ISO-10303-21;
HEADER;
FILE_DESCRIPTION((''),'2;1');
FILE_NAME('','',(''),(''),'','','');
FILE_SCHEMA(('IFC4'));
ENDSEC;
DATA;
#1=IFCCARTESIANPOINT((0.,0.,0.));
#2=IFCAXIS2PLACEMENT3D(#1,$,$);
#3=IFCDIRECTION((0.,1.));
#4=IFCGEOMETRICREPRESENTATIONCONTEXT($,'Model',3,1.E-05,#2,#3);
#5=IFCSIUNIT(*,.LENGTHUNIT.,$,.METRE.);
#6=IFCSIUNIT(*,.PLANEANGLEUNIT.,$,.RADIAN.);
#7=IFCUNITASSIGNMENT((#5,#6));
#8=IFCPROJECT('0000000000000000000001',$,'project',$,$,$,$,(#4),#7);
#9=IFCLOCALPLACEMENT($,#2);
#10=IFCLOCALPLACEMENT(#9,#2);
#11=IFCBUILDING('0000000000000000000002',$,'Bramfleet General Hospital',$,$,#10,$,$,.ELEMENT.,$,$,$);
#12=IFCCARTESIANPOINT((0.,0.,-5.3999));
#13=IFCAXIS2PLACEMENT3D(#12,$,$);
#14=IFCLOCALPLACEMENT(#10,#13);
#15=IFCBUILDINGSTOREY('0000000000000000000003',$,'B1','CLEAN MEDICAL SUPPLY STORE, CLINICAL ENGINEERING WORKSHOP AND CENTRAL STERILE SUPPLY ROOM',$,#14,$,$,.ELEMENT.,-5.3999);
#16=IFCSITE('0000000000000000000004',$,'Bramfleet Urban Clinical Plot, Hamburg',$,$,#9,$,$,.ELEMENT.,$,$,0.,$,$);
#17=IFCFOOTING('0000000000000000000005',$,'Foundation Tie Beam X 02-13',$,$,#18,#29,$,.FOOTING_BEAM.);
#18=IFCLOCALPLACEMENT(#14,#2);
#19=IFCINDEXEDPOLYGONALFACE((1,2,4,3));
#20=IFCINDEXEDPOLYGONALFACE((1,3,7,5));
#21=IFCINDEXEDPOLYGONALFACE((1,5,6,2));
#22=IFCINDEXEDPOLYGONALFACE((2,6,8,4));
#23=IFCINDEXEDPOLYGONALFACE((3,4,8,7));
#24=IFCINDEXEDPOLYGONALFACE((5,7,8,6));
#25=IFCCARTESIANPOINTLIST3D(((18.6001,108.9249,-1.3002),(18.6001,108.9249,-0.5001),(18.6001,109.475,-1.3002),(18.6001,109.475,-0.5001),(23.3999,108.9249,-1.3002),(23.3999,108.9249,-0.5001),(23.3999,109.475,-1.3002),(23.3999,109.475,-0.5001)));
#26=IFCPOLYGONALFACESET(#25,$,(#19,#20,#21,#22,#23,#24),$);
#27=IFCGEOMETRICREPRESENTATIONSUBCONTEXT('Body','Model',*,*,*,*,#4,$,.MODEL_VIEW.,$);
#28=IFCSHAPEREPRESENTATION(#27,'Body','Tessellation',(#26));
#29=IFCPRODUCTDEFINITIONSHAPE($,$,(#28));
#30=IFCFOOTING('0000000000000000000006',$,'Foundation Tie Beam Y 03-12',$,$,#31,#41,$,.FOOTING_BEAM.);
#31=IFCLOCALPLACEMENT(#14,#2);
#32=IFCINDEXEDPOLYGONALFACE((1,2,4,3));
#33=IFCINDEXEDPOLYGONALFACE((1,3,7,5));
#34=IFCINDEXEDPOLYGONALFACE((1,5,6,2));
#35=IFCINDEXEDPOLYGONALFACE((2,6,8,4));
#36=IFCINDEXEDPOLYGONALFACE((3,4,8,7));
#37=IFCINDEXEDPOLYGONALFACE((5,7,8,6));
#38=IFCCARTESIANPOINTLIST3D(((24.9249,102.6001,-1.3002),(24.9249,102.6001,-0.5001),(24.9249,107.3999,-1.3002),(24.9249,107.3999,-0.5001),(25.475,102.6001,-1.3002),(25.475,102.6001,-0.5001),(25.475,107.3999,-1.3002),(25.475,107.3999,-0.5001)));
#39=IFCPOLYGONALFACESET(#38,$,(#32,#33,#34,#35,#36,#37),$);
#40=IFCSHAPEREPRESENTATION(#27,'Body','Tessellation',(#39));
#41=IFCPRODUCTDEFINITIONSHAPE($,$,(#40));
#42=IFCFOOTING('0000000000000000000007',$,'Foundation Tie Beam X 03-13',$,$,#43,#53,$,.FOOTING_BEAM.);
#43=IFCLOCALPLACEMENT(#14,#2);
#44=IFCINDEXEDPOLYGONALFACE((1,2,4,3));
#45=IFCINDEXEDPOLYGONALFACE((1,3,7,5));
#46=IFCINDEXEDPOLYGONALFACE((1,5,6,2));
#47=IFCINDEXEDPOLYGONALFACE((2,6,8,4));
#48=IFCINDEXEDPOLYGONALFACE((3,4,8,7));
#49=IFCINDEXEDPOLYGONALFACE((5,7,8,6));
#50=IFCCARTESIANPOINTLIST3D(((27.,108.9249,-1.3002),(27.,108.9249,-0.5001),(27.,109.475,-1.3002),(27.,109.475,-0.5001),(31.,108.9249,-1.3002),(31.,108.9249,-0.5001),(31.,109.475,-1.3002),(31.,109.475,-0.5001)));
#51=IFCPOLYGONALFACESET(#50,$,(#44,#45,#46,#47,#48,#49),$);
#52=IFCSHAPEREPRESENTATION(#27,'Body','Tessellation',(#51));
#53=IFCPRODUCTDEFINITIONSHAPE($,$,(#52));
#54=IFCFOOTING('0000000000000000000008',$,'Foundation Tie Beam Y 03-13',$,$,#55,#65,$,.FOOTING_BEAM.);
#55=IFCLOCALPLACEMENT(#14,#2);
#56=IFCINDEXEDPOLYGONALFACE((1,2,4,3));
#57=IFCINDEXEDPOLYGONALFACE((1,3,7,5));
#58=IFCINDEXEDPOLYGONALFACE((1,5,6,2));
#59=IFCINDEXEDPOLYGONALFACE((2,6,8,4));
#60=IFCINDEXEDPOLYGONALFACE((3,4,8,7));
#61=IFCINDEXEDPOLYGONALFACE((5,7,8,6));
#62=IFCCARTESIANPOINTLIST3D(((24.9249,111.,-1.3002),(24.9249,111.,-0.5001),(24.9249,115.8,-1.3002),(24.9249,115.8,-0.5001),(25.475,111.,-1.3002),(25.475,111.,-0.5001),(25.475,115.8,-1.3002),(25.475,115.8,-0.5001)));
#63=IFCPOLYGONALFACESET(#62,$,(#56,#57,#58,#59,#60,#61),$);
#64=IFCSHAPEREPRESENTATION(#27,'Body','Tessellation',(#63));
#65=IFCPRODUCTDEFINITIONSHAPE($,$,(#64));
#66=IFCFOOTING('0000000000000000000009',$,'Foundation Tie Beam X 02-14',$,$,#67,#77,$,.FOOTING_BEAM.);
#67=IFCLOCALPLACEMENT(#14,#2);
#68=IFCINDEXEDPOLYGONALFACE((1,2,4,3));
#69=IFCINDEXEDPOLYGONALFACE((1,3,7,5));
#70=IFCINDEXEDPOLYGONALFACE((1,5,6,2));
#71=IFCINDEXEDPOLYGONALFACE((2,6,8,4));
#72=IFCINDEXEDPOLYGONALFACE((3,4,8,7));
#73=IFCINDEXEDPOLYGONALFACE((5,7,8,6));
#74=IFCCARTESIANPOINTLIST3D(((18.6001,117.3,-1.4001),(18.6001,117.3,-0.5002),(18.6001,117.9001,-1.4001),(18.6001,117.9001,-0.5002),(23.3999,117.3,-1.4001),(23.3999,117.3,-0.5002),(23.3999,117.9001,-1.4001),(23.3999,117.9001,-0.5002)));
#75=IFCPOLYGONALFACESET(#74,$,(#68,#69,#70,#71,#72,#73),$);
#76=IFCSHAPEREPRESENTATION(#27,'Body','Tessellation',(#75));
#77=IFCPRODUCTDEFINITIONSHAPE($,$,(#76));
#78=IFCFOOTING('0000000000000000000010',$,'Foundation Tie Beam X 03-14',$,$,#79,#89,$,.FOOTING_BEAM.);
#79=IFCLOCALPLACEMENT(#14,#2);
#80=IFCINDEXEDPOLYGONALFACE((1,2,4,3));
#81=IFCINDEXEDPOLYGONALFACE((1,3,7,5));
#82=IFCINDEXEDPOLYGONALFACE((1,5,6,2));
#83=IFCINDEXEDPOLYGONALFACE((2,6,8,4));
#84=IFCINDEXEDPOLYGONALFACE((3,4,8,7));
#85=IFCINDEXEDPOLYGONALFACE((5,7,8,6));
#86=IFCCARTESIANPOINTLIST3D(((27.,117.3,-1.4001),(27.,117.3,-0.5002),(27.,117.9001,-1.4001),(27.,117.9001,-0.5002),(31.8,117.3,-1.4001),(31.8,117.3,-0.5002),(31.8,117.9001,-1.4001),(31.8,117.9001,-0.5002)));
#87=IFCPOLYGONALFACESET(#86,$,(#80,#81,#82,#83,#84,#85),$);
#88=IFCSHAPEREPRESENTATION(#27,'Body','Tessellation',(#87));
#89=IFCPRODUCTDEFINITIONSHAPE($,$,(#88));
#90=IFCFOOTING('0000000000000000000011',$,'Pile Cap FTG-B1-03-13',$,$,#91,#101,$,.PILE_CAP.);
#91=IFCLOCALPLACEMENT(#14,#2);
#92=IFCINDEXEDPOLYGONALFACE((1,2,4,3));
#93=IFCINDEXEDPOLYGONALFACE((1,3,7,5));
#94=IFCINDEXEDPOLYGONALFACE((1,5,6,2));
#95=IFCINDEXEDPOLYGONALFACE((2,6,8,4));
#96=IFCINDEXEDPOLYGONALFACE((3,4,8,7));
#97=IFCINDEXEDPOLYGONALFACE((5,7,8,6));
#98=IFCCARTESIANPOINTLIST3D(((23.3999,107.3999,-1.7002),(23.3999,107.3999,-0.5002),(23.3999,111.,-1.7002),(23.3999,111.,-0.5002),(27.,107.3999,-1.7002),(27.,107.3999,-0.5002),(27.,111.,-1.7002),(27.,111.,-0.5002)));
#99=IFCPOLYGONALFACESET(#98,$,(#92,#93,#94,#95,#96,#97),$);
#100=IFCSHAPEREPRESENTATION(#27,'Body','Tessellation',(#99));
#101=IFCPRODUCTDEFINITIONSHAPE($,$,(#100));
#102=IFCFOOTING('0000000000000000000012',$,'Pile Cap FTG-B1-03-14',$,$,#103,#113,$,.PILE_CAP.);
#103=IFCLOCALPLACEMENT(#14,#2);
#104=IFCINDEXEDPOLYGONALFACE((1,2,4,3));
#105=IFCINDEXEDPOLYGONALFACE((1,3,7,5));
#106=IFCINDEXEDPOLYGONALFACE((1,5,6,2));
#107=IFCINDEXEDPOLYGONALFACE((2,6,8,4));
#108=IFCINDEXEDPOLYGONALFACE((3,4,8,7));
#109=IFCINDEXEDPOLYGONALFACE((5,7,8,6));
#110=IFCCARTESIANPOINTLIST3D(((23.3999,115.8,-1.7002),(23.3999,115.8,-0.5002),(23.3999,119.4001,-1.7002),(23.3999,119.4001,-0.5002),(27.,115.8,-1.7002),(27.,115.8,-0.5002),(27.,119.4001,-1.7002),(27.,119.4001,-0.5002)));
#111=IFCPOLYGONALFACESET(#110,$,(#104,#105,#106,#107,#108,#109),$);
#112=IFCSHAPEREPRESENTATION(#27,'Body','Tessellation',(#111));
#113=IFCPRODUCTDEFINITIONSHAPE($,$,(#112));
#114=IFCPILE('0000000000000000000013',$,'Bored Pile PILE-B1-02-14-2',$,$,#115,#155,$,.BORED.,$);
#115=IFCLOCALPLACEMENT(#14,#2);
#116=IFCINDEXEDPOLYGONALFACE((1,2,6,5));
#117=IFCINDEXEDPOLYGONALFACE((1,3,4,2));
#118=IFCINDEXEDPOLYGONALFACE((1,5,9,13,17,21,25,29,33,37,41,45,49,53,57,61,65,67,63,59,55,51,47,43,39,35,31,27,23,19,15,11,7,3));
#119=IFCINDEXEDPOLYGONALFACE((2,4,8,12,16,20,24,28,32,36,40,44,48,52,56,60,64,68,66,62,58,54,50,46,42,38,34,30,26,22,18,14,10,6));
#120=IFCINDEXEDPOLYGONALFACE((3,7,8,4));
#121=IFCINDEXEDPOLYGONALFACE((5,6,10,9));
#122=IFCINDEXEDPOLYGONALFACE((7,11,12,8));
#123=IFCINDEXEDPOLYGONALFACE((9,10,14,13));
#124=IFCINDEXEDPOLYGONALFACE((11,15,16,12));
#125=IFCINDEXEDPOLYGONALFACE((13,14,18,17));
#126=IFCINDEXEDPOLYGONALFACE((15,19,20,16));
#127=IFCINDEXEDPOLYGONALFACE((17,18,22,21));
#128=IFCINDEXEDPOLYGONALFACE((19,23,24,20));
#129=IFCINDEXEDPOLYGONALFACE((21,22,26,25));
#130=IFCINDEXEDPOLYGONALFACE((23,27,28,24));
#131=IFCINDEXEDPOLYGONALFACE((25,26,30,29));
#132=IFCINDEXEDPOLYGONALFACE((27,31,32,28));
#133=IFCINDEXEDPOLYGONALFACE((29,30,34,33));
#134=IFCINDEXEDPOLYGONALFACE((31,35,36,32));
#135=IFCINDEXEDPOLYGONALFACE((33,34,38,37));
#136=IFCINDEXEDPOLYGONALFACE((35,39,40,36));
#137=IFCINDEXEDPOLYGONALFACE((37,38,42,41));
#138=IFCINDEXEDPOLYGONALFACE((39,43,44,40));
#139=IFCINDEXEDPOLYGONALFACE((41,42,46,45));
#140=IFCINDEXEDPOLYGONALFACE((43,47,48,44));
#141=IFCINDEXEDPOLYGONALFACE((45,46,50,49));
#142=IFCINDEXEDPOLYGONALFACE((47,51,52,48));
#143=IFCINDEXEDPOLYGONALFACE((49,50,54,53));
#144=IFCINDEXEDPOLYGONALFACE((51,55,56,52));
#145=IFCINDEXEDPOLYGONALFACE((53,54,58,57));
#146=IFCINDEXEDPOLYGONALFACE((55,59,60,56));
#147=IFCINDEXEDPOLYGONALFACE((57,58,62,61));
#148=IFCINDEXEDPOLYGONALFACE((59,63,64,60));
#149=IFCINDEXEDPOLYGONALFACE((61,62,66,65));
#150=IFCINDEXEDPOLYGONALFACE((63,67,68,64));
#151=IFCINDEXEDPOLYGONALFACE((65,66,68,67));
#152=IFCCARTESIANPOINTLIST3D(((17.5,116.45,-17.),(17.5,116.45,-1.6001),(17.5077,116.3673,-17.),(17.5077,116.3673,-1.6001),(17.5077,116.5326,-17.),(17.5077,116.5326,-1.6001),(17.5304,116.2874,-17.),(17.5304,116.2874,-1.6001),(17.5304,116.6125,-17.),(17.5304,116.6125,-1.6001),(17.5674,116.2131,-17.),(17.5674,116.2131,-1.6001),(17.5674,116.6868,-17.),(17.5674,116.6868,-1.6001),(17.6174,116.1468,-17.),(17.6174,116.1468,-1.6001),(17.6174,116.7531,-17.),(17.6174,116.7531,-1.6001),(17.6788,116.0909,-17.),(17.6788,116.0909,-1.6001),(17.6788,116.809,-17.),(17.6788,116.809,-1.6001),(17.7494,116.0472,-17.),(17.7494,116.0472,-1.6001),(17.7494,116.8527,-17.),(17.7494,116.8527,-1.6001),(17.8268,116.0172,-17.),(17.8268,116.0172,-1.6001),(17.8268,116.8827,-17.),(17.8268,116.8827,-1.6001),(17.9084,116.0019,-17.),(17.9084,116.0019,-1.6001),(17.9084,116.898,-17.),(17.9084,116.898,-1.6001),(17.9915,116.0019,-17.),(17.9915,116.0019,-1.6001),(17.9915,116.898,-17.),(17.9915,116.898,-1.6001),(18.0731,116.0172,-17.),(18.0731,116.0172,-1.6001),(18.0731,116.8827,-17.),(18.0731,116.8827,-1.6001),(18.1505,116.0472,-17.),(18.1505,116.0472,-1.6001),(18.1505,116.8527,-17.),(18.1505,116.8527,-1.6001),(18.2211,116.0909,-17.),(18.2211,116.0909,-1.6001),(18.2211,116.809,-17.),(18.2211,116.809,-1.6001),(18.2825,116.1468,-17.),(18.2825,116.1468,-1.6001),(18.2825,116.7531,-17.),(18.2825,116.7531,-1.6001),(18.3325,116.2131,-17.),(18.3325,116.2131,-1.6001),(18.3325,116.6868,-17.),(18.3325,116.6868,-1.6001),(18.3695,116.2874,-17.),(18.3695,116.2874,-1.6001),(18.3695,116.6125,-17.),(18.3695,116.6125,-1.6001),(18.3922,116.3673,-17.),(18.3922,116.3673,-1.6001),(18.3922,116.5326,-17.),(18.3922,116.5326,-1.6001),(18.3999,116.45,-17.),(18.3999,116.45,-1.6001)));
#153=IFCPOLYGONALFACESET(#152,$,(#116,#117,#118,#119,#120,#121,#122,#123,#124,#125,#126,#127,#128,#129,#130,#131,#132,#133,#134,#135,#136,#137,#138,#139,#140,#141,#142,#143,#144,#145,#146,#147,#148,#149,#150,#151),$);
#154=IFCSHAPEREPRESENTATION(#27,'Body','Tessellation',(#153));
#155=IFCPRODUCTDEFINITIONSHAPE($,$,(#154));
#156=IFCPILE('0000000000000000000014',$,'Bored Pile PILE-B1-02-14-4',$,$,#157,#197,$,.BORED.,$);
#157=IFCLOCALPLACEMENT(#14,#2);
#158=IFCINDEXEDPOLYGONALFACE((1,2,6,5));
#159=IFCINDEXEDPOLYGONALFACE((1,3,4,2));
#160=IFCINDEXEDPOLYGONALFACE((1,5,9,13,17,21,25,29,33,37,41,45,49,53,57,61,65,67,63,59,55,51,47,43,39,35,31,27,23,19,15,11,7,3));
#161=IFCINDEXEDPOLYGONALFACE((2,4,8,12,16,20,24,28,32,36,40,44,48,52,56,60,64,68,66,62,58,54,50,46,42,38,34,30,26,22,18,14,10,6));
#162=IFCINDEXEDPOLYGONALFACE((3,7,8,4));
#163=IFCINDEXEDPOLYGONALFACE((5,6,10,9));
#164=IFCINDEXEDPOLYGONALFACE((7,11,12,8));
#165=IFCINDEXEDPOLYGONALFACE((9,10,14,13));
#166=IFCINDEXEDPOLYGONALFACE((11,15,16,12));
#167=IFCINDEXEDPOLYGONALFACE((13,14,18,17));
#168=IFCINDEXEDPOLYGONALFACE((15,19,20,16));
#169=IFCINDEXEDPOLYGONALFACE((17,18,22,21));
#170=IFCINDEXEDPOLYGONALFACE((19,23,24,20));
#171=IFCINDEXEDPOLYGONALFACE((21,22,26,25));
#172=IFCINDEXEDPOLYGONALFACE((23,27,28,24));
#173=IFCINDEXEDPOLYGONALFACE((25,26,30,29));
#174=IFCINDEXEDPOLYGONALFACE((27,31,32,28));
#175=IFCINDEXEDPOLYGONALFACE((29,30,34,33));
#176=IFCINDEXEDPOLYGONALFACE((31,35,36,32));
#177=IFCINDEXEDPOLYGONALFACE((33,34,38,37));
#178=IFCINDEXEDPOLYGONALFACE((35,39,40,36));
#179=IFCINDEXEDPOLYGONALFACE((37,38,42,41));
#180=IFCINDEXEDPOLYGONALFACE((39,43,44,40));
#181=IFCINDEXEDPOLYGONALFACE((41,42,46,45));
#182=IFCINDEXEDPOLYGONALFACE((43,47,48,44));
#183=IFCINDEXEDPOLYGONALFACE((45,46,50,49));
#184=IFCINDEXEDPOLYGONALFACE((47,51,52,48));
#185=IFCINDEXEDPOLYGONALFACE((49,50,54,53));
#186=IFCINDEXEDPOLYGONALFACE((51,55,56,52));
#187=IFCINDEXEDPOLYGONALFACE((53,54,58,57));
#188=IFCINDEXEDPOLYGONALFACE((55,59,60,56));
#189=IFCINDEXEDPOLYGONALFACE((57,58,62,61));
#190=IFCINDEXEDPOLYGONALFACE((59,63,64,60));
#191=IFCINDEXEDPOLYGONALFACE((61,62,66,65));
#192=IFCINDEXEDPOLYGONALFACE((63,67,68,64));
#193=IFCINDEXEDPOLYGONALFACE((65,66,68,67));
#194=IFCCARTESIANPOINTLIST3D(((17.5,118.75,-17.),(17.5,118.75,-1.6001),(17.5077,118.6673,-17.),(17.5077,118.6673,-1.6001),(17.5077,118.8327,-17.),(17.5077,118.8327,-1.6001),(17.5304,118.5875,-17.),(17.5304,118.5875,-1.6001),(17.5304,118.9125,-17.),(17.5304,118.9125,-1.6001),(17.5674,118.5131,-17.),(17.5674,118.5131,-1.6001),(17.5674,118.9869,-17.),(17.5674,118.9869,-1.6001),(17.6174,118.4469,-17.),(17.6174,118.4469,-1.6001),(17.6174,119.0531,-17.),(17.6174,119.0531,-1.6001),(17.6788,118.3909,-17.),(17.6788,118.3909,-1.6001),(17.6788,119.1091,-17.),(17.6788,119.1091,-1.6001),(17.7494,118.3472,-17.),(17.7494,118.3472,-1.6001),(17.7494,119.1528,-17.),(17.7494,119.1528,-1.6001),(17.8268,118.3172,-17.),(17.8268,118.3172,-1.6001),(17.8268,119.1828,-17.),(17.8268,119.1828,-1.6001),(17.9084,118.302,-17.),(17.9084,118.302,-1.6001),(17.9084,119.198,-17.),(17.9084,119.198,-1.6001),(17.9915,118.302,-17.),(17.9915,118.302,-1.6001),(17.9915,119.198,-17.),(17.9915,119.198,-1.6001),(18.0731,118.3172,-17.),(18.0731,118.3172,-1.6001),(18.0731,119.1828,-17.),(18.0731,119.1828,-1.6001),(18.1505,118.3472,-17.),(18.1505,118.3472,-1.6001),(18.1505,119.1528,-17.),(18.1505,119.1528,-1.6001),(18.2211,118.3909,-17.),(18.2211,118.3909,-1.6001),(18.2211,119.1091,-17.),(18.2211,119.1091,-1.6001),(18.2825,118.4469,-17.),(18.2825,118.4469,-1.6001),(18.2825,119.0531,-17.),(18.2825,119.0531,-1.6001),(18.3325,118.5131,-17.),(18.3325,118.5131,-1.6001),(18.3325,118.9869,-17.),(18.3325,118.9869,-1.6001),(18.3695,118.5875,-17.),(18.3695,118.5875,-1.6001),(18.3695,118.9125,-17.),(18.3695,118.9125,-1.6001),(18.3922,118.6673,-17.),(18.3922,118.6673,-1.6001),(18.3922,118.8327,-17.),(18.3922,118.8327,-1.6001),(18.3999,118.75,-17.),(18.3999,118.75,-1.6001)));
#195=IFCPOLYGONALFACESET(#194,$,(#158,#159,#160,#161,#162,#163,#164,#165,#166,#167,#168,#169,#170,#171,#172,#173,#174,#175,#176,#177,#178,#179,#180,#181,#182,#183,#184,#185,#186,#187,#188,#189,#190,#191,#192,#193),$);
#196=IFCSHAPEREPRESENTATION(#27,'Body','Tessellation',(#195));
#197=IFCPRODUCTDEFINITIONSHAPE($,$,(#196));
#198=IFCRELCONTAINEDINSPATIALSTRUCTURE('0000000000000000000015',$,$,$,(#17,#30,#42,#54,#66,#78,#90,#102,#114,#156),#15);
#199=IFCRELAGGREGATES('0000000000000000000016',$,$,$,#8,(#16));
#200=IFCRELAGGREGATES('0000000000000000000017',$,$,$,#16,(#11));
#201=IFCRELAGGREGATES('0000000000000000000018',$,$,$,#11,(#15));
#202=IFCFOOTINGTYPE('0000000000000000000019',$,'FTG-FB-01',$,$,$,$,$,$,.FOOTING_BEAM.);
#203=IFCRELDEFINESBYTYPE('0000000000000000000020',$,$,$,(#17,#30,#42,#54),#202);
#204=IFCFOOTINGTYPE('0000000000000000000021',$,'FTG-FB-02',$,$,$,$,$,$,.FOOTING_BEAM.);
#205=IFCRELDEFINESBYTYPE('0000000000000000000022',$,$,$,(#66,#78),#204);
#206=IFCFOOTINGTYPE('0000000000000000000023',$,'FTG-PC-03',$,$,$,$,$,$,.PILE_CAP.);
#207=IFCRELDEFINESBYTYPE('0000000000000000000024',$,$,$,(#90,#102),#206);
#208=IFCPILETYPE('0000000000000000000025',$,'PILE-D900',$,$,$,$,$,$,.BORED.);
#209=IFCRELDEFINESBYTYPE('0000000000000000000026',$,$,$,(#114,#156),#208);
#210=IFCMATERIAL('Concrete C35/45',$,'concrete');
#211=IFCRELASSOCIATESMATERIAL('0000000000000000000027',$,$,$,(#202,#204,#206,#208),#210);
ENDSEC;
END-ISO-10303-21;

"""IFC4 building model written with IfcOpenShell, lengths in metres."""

from ifc_helpers import new_model, si_unit, direction, frame, origin, origin_2d, place, context, subcontext, project, spatial, rectangle, circle, extrude, material, material_profile, profile_set, type_object, element, save


model = new_model("IFC4")

# Units and contexts
model_context = context("Model", 3, precision=1e-05, world=origin(), true_north=direction((0.0, 1.0)))
body_context = subcontext(model_context, "Body", "Model", "MODEL_VIEW")
ifc_project = project(units=[si_unit("LENGTHUNIT", "METRE"), si_unit("PLANEANGLEUNIT", "RADIAN")], contexts=[model_context])

# Site, building, storey
site_placement = place(None, origin())
site = spatial("IfcSite", under=ifc_project, at=site_placement, Name="Bramfleet Urban Clinical Plot, Hamburg", CompositionType="ELEMENT", RefElevation=0.0)
building_placement = place(site_placement, origin())
building = spatial("IfcBuilding", under=site, at=building_placement, Name="Bramfleet General Hospital", CompositionType="ELEMENT")
storey_placement = place(building_placement, frame((0.0, 0.0, -5.3999)))
storey = spatial("IfcBuildingStorey", under=building, at=storey_placement, Name="B1", Description="CLEAN MEDICAL SUPPLY STORE, CLINICAL ENGINEERING WORKSHOP AND CENTRAL STERILE SUPPLY ROOM", CompositionType="ELEMENT", Elevation=-5.3999)

# Footings
ifc_material_1 = material(Name="Concrete C35/45", Category="concrete")
ifc_material_profile_1 = material_profile(ifc_material_1, rectangle(XDim=0.55, YDim=0.8, at=origin_2d()), Name="RC FB 800x550")
ifc_profile_set_1 = profile_set([ifc_material_profile_1], Name="Concrete C35/45")
footing_type_1 = type_object("IfcFootingType", Name="FTG-FB-01", PredefinedType="FOOTING_BEAM", material=ifc_profile_set_1)
for number, where, z_axis, x_axis, name in (
    (1, (18.6001, 109.2, -0.9001), (1.0, 0.0, 0.0), (0.0, 1.0, 0.0), "Foundation Tie Beam X 02-13"),
    (2, (25.2, 102.6001, -0.9001), (0.0, 1.0, 0.0), (-1.0, 0.0, 0.0), "Foundation Tie Beam Y 03-12"),
):
    element("IfcFooting", number, at=place(storey_placement, frame(where, z_axis=z_axis, x_axis=x_axis)), inside=storey, type_object=footing_type_1, Name=name, PredefinedType="FOOTING_BEAM", context=body_context, shape_type="SweptSolid", body=[
        extrude(rectangle(XDim=0.55, YDim=0.8, at=origin_2d()), origin(), (0.0, 0.0, 1.0), 4.7998),
    ])
footing_1_placement = place(storey_placement, frame((27.0, 109.2, -0.9001), z_axis=(1.0, 0.0, 0.0), x_axis=(0.0, 1.0, 0.0)))
element("IfcFooting", 3, at=footing_1_placement, inside=storey, type_object=footing_type_1, Name="Foundation Tie Beam X 03-13", PredefinedType="FOOTING_BEAM", context=body_context, shape_type="SweptSolid", body=[
    extrude(rectangle(XDim=0.55, YDim=0.8, at=origin_2d()), origin(), (0.0, 0.0, 1.0), 4.0),
])
footing_2_placement = place(storey_placement, frame((25.2, 111.0, -0.9001), z_axis=(0.0, 1.0, 0.0), x_axis=(-1.0, 0.0, 0.0)))
element("IfcFooting", 4, at=footing_2_placement, inside=storey, type_object=footing_type_1, Name="Foundation Tie Beam Y 03-13", PredefinedType="FOOTING_BEAM", context=body_context, shape_type="SweptSolid", body=[
    extrude(rectangle(XDim=0.55, YDim=0.8, at=origin_2d()), origin(), (0.0, 0.0, 1.0), 4.8),
])
ifc_material_profile_2 = material_profile(ifc_material_1, rectangle(XDim=0.6001, YDim=0.8999, at=origin_2d()), Name="RC FB 900x600")
ifc_profile_set_2 = profile_set([ifc_material_profile_2], Name="Concrete C35/45")
footing_type_2 = type_object("IfcFootingType", Name="FTG-FB-02", PredefinedType="FOOTING_BEAM", material=ifc_profile_set_2)
footing_3_placement = place(storey_placement, frame((18.6001, 117.6001, -0.9502), z_axis=(1.0, 0.0, 0.0), x_axis=(0.0, 1.0, 0.0)))
element("IfcFooting", 5, at=footing_3_placement, inside=storey, type_object=footing_type_2, Name="Foundation Tie Beam X 02-14", PredefinedType="FOOTING_BEAM", context=body_context, shape_type="SweptSolid", body=[
    extrude(rectangle(XDim=0.6001, YDim=0.8999, at=origin_2d()), origin(), (0.0, 0.0, 1.0), 4.7998),
])
footing_4_placement = place(storey_placement, frame((27.0, 117.6001, -0.9502), z_axis=(1.0, 0.0, 0.0), x_axis=(0.0, 1.0, 0.0)))
element("IfcFooting", 6, at=footing_4_placement, inside=storey, type_object=footing_type_2, Name="Foundation Tie Beam X 03-14", PredefinedType="FOOTING_BEAM", context=body_context, shape_type="SweptSolid", body=[
    extrude(rectangle(XDim=0.6001, YDim=0.8999, at=origin_2d()), origin(), (0.0, 0.0, 1.0), 4.8),
])
footing_type_3 = type_object("IfcFootingType", Name="FTG-PC-03", PredefinedType="PILE_CAP", material=ifc_material_1)
for number, where, z_axis, x_axis, name in (
    (7, (25.2, 109.2, -1.7002), (0.0, 0.0, 1.0), (1.0, 0.0, 0.0), "Pile Cap FTG-B1-03-13"),
    (8, (25.2, 117.6001, -1.7002), (0.0, 0.0, 1.0), (1.0, 0.0, 0.0), "Pile Cap FTG-B1-03-14"),
):
    element("IfcFooting", number, at=place(storey_placement, frame(where, z_axis=z_axis, x_axis=x_axis)), inside=storey, type_object=footing_type_3, Name=name, PredefinedType="PILE_CAP", context=body_context, shape_type="SweptSolid", body=[
        extrude(rectangle(XDim=3.6001, YDim=3.6001, at=origin_2d()), origin(), (0.0, 0.0, 1.0), 1.2),
    ])

# Piles
ifc_material_profile_3 = material_profile(ifc_material_1, circle(Radius=0.45, at=origin_2d()), Name="PILE BORED D900")
ifc_profile_set_3 = profile_set([ifc_material_profile_3], Name="Concrete C35/45")
pile_type = type_object("IfcPileType", Name="PILE-D900", PredefinedType="BORED", material=ifc_profile_set_3)
for number, where, z_axis, x_axis, name in (
    (9, (17.95, 116.45, -1.6001), (0.0, 0.0, -1.0), (1.0, 0.0, 0.0), "Bored Pile PILE-B1-02-14-2"),
    (10, (17.95, 118.75, -1.6001), (0.0, 0.0, -1.0), (1.0, 0.0, 0.0), "Bored Pile PILE-B1-02-14-4"),
):
    element("IfcPile", number, at=place(storey_placement, frame(where, z_axis=z_axis, x_axis=x_axis)), inside=storey, type_object=pile_type, Name=name, PredefinedType="BORED", context=body_context, shape_type="SweptSolid", body=[
        extrude(circle(Radius=0.45, at=origin_2d()), origin(), (0.0, 0.0, 1.0), 15.3999),
    ])

save(model, "model.ifc")
